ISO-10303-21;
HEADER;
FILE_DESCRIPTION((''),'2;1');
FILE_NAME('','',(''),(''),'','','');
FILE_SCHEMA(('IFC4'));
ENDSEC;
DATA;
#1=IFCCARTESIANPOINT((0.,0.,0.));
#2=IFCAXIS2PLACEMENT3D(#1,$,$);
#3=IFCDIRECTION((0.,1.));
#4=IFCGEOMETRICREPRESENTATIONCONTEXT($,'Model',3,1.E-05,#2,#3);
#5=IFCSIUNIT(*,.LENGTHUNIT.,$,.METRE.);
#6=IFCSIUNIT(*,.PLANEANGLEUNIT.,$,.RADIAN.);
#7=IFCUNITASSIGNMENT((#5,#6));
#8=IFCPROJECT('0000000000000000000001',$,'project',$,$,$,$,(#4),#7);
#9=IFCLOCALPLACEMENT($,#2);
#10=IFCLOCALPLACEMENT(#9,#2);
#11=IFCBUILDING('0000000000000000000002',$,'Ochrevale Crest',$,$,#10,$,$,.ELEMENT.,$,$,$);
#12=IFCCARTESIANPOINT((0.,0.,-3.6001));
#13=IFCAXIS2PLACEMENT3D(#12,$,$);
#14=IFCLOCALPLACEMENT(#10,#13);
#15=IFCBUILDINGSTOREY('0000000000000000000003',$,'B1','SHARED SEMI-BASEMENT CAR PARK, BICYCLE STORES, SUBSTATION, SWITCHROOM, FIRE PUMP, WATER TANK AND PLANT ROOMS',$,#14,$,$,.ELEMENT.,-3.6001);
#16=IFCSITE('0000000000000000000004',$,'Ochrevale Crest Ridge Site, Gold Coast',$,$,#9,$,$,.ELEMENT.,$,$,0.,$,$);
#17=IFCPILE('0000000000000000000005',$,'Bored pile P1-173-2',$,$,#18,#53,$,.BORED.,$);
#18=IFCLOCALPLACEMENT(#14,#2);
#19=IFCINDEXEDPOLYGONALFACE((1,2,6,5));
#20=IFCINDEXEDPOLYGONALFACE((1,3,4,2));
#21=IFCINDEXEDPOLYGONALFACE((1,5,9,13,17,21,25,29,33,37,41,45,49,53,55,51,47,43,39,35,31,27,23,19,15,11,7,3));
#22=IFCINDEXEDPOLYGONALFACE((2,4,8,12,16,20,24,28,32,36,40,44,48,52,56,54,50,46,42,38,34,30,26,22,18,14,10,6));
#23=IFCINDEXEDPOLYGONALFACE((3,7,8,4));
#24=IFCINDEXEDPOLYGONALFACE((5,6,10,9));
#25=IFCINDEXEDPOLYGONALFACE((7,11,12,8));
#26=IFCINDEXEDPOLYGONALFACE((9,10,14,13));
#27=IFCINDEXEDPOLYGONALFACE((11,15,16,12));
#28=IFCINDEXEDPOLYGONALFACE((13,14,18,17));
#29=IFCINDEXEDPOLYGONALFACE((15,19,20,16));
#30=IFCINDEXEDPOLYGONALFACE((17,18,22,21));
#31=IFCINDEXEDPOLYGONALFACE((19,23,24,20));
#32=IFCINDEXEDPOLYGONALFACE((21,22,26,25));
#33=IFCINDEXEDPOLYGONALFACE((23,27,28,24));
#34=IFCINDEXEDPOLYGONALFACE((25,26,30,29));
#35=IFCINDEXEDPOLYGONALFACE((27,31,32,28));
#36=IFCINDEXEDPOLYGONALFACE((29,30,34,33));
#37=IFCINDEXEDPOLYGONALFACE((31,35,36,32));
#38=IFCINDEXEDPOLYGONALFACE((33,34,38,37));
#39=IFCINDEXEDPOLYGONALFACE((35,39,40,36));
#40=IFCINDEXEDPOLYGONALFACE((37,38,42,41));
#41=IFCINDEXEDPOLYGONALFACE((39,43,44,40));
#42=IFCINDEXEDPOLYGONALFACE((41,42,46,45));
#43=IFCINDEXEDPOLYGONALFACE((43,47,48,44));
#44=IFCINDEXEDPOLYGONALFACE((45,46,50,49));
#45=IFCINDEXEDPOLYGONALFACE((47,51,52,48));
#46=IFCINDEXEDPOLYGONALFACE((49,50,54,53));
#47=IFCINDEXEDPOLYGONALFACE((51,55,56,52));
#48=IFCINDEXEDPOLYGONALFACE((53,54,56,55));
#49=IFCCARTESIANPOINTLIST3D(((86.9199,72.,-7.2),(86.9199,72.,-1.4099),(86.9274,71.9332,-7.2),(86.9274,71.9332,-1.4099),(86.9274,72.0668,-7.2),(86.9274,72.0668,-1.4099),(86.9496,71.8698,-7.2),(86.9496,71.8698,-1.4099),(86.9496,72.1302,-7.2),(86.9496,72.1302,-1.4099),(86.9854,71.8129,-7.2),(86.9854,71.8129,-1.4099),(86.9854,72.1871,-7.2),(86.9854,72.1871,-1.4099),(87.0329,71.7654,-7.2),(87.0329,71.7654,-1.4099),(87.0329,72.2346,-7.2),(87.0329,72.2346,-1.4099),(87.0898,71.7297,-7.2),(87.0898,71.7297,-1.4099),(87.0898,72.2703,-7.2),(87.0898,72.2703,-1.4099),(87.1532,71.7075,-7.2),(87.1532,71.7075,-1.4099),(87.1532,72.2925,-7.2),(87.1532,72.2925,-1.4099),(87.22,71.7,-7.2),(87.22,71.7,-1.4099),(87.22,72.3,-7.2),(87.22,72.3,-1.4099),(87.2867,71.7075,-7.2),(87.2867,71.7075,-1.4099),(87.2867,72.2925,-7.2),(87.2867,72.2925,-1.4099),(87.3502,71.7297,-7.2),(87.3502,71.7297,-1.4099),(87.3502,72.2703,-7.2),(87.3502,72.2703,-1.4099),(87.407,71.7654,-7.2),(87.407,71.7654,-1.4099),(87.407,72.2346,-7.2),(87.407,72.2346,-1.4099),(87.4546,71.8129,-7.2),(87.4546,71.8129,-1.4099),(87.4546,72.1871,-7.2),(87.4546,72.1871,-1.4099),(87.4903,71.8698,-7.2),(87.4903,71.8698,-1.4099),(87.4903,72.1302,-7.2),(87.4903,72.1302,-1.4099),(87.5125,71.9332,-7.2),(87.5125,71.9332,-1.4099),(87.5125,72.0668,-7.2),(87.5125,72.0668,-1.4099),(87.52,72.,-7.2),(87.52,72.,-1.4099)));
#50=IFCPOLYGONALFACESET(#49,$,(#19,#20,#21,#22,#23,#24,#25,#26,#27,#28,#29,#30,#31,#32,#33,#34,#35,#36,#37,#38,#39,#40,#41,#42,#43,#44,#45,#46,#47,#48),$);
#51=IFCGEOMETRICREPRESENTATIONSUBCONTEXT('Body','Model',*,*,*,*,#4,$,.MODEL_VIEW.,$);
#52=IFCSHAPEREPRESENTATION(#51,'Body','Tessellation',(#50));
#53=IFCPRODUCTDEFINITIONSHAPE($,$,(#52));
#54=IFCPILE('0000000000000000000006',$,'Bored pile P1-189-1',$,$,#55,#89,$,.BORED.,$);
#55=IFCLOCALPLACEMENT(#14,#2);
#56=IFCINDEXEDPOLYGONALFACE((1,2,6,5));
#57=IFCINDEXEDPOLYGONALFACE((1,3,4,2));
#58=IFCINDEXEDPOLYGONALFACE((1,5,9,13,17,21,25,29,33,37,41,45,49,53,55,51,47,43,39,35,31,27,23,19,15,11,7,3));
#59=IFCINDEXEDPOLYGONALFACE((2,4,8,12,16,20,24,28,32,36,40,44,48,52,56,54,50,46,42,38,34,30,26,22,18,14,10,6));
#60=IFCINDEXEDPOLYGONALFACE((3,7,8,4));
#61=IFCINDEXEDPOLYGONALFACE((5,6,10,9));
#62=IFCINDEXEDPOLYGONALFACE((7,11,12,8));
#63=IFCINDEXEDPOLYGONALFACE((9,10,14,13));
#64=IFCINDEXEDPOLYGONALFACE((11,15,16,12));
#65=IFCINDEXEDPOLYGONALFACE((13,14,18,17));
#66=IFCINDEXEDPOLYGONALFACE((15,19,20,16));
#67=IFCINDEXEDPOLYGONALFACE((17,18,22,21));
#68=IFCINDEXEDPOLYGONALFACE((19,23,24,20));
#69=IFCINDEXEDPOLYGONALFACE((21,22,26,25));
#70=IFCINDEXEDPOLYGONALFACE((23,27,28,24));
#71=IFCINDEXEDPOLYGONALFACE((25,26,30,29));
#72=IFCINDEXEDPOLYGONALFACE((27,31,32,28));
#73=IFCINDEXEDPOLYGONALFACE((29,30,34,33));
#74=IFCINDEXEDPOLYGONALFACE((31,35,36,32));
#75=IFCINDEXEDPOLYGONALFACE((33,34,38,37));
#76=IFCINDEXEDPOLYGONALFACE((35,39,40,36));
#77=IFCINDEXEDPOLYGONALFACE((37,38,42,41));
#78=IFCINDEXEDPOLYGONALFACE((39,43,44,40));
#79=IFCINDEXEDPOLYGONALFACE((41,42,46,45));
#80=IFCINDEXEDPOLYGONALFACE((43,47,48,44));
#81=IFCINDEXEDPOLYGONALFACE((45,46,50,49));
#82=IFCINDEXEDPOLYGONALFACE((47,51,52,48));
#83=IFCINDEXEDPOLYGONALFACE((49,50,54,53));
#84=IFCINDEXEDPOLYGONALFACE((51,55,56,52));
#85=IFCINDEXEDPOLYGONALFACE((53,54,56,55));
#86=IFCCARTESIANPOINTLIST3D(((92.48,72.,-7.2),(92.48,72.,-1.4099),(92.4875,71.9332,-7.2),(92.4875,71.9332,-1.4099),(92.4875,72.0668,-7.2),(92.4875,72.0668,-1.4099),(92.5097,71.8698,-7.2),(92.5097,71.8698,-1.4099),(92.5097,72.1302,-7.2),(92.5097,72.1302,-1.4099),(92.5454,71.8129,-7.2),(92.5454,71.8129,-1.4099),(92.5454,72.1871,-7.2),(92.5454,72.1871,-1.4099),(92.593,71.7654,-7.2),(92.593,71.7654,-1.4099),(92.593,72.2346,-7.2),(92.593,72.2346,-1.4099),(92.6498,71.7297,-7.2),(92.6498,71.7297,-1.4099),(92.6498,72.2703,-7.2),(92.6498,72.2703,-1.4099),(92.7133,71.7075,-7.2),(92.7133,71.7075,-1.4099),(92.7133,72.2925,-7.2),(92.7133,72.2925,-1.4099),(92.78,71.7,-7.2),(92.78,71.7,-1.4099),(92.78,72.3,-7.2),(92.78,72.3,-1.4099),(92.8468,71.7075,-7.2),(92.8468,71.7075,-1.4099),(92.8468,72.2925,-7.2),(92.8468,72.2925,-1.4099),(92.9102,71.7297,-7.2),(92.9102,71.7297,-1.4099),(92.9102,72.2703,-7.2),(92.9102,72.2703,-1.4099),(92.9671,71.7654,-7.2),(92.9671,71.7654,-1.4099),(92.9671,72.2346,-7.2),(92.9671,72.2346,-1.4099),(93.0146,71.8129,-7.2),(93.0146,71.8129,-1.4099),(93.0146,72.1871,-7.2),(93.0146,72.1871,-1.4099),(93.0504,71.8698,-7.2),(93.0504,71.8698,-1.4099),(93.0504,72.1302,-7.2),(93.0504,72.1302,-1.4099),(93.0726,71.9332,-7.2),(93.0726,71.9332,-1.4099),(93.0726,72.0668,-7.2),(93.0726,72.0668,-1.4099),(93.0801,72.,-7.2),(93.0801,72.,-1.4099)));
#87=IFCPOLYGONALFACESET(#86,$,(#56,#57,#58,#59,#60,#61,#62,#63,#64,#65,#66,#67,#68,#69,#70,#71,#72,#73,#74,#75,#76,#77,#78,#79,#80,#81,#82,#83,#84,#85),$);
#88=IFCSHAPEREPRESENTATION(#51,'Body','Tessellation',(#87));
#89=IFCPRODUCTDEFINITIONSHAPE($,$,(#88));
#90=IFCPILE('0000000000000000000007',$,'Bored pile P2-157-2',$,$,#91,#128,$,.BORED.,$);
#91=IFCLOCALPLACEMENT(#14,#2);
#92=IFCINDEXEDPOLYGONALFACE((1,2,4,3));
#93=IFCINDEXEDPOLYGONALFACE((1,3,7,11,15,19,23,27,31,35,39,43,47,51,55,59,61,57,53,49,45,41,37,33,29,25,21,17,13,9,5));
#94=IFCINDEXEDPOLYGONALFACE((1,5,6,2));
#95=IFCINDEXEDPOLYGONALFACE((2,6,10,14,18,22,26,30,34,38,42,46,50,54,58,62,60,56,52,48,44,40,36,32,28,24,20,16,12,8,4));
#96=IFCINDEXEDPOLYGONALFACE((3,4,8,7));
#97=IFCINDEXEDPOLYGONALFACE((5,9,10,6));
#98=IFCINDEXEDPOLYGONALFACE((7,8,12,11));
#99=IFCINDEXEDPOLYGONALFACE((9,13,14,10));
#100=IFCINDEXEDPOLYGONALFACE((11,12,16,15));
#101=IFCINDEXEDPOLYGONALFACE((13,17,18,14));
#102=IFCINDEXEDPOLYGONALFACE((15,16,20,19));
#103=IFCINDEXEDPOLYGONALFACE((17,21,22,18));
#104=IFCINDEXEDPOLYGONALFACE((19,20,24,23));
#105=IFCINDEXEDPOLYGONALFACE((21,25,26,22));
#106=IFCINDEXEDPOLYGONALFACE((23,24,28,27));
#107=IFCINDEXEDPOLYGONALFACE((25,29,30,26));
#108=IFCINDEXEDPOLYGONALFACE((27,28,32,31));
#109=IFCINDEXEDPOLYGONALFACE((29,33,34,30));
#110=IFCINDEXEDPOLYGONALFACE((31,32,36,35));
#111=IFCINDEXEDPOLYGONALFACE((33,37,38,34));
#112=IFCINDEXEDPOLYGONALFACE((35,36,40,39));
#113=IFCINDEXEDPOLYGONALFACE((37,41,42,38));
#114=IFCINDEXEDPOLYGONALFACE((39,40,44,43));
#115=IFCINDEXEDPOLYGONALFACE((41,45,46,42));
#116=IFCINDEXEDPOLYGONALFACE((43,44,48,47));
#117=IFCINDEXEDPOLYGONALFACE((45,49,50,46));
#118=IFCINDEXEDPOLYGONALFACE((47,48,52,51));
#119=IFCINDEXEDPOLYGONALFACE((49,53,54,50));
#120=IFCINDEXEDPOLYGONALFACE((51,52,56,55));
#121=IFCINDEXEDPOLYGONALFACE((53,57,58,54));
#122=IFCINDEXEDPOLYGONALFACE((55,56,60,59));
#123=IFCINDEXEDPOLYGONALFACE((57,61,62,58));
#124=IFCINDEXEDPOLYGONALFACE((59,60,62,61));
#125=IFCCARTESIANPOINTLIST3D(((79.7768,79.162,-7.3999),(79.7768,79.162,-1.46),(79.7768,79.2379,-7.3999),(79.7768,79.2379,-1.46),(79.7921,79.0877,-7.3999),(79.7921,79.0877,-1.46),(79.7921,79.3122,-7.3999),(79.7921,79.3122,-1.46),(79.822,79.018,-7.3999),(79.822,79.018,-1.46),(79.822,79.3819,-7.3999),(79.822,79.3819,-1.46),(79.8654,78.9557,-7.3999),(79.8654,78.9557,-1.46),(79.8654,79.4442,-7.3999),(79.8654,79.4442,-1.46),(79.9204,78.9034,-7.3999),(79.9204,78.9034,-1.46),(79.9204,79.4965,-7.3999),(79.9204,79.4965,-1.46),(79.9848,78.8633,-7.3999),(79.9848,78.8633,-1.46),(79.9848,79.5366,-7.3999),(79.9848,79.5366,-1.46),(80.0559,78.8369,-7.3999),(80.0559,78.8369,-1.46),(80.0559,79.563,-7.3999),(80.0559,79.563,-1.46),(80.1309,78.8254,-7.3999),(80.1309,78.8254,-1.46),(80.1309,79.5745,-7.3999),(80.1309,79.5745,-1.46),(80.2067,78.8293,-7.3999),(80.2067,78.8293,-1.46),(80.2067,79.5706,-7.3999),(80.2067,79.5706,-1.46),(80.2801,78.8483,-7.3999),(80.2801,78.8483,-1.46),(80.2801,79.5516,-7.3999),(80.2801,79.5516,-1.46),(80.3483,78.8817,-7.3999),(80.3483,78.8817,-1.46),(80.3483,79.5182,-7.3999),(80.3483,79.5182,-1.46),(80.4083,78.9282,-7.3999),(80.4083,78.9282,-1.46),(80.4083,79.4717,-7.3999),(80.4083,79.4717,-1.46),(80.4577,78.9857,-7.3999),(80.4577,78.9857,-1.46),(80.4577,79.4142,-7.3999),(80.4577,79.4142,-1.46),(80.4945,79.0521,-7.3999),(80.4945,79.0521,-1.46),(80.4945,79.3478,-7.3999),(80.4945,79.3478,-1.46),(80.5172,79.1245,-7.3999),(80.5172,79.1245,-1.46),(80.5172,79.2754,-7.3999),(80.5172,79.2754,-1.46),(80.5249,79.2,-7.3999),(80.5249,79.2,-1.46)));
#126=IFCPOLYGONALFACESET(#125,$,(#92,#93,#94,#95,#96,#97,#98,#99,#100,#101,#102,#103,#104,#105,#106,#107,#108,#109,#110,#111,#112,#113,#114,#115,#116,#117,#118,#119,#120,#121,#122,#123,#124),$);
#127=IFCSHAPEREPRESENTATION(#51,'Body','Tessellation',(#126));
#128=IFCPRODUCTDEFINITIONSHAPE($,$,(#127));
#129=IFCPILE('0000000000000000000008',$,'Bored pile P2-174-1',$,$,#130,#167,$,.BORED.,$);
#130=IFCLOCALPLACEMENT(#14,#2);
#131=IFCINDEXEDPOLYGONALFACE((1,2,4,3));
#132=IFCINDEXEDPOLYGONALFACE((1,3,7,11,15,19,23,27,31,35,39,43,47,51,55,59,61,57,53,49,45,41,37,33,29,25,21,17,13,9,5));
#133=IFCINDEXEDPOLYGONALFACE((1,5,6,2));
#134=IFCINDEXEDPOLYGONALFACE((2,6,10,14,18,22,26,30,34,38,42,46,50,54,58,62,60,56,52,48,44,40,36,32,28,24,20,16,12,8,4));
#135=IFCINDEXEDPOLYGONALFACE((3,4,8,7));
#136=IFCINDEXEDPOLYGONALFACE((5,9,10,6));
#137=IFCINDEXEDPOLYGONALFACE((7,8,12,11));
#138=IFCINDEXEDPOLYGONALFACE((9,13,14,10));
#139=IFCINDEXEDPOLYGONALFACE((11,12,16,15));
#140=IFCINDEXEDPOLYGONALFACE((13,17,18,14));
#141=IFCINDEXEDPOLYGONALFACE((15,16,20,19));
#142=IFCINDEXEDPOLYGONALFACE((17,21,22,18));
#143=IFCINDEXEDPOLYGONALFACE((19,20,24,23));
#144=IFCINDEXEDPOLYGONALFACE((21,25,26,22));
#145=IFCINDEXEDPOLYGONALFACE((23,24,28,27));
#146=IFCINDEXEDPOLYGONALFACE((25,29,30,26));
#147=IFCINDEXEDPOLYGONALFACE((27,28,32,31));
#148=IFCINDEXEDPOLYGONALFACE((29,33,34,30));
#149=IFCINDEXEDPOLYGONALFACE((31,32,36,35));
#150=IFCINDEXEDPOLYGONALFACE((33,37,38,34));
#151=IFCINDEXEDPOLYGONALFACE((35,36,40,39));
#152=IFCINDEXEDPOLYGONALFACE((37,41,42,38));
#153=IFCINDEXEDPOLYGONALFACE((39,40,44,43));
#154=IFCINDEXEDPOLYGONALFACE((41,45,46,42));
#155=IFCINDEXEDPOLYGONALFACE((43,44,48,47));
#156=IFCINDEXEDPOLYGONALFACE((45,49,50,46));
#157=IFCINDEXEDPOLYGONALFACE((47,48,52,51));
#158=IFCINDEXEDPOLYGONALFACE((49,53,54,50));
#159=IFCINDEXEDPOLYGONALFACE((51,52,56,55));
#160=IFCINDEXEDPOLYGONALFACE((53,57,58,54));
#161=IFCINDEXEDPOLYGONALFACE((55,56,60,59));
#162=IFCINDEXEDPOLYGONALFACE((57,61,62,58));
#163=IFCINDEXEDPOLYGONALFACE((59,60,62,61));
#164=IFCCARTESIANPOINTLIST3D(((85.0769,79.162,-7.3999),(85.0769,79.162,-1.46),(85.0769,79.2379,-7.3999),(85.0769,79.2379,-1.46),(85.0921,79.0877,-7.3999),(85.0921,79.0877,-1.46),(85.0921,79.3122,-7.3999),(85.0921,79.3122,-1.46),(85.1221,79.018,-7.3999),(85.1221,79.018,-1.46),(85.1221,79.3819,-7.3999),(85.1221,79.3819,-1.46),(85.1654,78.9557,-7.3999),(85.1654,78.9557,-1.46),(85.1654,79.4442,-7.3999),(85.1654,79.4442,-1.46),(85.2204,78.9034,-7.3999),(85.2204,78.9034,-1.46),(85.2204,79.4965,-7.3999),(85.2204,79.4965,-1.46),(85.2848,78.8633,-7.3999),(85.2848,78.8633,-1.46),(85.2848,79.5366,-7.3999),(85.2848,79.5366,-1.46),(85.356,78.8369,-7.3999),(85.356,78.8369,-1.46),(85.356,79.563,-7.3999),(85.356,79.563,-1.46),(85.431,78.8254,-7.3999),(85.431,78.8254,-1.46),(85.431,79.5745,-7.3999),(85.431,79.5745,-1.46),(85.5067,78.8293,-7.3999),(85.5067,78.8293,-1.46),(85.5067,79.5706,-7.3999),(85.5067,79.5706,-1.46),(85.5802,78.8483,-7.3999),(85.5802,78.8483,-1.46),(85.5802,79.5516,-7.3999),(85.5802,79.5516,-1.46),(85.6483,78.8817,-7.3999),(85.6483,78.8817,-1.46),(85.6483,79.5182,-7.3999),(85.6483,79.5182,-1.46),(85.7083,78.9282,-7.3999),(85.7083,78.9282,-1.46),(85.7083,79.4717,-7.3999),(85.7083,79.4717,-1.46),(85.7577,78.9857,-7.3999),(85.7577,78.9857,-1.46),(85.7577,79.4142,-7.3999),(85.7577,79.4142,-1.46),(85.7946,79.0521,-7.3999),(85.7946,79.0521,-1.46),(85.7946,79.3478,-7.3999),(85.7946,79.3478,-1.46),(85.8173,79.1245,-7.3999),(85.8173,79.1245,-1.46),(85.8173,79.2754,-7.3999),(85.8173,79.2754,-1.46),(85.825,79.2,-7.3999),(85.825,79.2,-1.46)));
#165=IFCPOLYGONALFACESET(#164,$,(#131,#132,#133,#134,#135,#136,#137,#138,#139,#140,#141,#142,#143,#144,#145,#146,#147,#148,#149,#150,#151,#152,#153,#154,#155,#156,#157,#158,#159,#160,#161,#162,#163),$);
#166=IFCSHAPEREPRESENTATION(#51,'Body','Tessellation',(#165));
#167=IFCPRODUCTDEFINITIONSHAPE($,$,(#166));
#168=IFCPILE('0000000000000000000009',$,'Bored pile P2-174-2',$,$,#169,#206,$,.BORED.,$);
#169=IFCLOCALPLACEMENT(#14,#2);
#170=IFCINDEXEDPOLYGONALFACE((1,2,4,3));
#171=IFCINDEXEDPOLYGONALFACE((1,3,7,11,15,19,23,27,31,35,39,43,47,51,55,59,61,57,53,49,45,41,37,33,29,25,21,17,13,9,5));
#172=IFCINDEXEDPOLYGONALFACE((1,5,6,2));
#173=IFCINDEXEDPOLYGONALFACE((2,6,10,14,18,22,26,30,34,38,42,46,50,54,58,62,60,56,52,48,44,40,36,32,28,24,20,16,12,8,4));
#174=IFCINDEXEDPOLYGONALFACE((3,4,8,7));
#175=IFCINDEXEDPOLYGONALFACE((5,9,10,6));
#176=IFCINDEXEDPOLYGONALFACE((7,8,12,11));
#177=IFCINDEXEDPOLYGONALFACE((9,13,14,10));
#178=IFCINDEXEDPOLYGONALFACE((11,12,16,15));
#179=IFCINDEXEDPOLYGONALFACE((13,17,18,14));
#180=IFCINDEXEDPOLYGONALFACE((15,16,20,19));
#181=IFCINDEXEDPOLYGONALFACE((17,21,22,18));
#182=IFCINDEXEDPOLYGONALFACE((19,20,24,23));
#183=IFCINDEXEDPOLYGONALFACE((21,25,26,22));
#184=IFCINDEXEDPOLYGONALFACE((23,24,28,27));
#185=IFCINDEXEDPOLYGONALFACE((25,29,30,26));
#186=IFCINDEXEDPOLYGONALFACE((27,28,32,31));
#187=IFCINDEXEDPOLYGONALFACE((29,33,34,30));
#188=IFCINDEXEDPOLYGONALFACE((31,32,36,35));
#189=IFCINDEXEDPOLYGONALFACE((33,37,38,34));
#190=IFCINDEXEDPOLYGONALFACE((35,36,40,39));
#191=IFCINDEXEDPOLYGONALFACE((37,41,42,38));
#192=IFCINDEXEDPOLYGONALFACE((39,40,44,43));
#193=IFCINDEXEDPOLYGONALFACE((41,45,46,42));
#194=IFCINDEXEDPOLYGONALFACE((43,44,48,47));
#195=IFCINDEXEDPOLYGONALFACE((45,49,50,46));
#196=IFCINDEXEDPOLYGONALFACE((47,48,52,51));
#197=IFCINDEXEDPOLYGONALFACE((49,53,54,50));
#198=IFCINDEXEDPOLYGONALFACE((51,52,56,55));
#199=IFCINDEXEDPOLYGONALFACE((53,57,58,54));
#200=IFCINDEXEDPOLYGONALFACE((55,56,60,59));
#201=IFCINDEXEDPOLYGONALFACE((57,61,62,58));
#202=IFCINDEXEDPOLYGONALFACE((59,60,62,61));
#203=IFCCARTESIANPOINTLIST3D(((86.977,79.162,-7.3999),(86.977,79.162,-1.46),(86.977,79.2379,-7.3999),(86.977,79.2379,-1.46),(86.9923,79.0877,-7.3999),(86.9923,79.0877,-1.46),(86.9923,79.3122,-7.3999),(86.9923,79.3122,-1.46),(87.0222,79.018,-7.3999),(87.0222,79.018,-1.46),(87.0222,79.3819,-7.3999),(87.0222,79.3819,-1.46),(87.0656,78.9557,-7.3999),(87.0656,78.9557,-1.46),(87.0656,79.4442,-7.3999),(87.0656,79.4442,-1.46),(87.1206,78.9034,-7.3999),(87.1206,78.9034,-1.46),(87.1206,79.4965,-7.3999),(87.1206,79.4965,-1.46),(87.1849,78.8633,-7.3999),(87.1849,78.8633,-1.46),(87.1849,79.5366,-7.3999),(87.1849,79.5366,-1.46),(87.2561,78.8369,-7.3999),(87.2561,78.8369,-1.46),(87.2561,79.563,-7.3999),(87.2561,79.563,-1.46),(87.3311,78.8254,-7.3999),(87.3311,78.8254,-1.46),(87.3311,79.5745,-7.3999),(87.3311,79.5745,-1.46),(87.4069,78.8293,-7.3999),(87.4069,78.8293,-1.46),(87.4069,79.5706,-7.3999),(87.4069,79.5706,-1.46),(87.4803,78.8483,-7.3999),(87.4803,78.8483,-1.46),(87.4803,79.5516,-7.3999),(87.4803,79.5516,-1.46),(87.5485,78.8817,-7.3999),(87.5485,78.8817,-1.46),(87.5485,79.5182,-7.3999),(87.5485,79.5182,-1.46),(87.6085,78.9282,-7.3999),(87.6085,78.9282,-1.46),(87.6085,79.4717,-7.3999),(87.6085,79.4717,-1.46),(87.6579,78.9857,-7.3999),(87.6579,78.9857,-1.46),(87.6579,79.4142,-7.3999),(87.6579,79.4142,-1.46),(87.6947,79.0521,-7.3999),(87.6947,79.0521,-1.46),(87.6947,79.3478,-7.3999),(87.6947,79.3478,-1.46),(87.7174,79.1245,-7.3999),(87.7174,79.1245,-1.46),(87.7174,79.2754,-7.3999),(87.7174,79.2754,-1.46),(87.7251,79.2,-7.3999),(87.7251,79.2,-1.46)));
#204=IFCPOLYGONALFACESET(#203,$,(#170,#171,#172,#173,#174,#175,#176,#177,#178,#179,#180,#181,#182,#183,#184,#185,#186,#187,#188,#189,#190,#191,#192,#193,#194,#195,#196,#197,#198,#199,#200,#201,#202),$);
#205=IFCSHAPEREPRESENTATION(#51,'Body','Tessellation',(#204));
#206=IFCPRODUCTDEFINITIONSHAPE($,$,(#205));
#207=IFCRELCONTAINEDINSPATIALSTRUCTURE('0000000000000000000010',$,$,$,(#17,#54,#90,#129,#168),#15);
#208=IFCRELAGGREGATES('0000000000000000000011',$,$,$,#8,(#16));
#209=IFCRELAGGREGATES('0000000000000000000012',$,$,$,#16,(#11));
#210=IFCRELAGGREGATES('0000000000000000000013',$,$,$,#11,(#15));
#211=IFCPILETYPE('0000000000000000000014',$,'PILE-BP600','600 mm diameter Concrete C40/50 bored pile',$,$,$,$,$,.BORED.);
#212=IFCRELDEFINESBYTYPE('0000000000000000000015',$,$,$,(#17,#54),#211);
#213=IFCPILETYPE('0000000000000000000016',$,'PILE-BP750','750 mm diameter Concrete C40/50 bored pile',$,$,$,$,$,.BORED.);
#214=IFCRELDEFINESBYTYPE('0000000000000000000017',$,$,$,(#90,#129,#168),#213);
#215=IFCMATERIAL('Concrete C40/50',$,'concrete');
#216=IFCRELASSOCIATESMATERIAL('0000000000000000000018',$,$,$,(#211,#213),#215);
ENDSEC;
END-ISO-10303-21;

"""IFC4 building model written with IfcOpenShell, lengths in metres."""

from ifc_helpers import new_model, si_unit, direction, frame, origin, origin_2d, place, context, subcontext, project, spatial, circle, extrude, material, material_profile, profile_set, type_object, element, save


model = new_model("IFC4")

# Units and contexts
model_context = context("Model", 3, precision=1e-05, world=origin(), true_north=direction((0.0, 1.0)))
body_context = subcontext(model_context, "Body", "Model", "MODEL_VIEW")
ifc_project = project(units=[si_unit("LENGTHUNIT", "METRE"), si_unit("PLANEANGLEUNIT", "RADIAN")], contexts=[model_context])

# Site, building, storey
site_placement = place(None, origin())
site = spatial("IfcSite", under=ifc_project, at=site_placement, Name="Ochrevale Crest Ridge Site, Gold Coast", CompositionType="ELEMENT", RefElevation=0.0)
building_placement = place(site_placement, origin())
building = spatial("IfcBuilding", under=site, at=building_placement, Name="Ochrevale Crest", CompositionType="ELEMENT")
storey_placement = place(building_placement, frame((0.0, 0.0, -3.6001)))
storey = spatial("IfcBuildingStorey", under=building, at=storey_placement, Name="B1", Description="SHARED SEMI-BASEMENT CAR PARK, BICYCLE STORES, SUBSTATION, SWITCHROOM, FIRE PUMP, WATER TANK AND PLANT ROOMS", CompositionType="ELEMENT", Elevation=-3.6001)

# Shared definitions
ifc_material_1 = material(Name="Concrete C40/50", Category="concrete")

# Piles
ifc_material_profile_1 = material_profile(ifc_material_1, circle(Radius=0.3, at=origin_2d()), Name="BORED PILE 600")
ifc_profile_set_1 = profile_set([ifc_material_profile_1], Name="Concrete C40/50")
pile_type_1 = type_object("IfcPileType", Name="PILE-BP600", Description="600 mm diameter Concrete C40/50 bored pile", PredefinedType="BORED", material=ifc_profile_set_1)
for number, where, z_axis, x_axis, name in (
    (1, (87.22, 72.0, -1.4099), (0.0, 0.0, -1.0), (1.0, 0.0, 0.0), "Bored pile P1-173-2"),
    (2, (92.78, 72.0, -1.4099), (0.0, 0.0, -1.0), (1.0, 0.0, 0.0), "Bored pile P1-189-1"),
):
    element("IfcPile", number, at=place(storey_placement, frame(where, z_axis=z_axis, x_axis=x_axis)), inside=storey, type_object=pile_type_1, Name=name, PredefinedType="BORED", context=body_context, shape_type="SweptSolid", body=[
        extrude(circle(Radius=0.3, at=origin_2d()), origin(), (0.0, 0.0, 1.0), 5.79),
    ])
ifc_material_profile_2 = material_profile(ifc_material_1, circle(Radius=0.375, at=origin_2d()), Name="BORED PILE 750")
ifc_profile_set_2 = profile_set([ifc_material_profile_2], Name="Concrete C40/50")
pile_type_2 = type_object("IfcPileType", Name="PILE-BP750", Description="750 mm diameter Concrete C40/50 bored pile", PredefinedType="BORED", material=ifc_profile_set_2)
for number, where, z_axis, x_axis, name in (
    (3, (80.1499, 79.2, -1.46), (0.0, 0.0, -1.0), (1.0, 0.0, 0.0), "Bored pile P2-157-2"),
    (4, (85.45, 79.2, -1.46), (0.0, 0.0, -1.0), (1.0, 0.0, 0.0), "Bored pile P2-174-1"),
    (5, (87.3501, 79.2, -1.46), (0.0, 0.0, -1.0), (1.0, 0.0, 0.0), "Bored pile P2-174-2"),
):
    element("IfcPile", number, at=place(storey_placement, frame(where, z_axis=z_axis, x_axis=x_axis)), inside=storey, type_object=pile_type_2, Name=name, PredefinedType="BORED", context=body_context, shape_type="SweptSolid", body=[
        extrude(circle(Radius=0.375, at=origin_2d()), origin(), (0.0, 0.0, 1.0), 5.9399),
    ])

save(model, "model.ifc")
